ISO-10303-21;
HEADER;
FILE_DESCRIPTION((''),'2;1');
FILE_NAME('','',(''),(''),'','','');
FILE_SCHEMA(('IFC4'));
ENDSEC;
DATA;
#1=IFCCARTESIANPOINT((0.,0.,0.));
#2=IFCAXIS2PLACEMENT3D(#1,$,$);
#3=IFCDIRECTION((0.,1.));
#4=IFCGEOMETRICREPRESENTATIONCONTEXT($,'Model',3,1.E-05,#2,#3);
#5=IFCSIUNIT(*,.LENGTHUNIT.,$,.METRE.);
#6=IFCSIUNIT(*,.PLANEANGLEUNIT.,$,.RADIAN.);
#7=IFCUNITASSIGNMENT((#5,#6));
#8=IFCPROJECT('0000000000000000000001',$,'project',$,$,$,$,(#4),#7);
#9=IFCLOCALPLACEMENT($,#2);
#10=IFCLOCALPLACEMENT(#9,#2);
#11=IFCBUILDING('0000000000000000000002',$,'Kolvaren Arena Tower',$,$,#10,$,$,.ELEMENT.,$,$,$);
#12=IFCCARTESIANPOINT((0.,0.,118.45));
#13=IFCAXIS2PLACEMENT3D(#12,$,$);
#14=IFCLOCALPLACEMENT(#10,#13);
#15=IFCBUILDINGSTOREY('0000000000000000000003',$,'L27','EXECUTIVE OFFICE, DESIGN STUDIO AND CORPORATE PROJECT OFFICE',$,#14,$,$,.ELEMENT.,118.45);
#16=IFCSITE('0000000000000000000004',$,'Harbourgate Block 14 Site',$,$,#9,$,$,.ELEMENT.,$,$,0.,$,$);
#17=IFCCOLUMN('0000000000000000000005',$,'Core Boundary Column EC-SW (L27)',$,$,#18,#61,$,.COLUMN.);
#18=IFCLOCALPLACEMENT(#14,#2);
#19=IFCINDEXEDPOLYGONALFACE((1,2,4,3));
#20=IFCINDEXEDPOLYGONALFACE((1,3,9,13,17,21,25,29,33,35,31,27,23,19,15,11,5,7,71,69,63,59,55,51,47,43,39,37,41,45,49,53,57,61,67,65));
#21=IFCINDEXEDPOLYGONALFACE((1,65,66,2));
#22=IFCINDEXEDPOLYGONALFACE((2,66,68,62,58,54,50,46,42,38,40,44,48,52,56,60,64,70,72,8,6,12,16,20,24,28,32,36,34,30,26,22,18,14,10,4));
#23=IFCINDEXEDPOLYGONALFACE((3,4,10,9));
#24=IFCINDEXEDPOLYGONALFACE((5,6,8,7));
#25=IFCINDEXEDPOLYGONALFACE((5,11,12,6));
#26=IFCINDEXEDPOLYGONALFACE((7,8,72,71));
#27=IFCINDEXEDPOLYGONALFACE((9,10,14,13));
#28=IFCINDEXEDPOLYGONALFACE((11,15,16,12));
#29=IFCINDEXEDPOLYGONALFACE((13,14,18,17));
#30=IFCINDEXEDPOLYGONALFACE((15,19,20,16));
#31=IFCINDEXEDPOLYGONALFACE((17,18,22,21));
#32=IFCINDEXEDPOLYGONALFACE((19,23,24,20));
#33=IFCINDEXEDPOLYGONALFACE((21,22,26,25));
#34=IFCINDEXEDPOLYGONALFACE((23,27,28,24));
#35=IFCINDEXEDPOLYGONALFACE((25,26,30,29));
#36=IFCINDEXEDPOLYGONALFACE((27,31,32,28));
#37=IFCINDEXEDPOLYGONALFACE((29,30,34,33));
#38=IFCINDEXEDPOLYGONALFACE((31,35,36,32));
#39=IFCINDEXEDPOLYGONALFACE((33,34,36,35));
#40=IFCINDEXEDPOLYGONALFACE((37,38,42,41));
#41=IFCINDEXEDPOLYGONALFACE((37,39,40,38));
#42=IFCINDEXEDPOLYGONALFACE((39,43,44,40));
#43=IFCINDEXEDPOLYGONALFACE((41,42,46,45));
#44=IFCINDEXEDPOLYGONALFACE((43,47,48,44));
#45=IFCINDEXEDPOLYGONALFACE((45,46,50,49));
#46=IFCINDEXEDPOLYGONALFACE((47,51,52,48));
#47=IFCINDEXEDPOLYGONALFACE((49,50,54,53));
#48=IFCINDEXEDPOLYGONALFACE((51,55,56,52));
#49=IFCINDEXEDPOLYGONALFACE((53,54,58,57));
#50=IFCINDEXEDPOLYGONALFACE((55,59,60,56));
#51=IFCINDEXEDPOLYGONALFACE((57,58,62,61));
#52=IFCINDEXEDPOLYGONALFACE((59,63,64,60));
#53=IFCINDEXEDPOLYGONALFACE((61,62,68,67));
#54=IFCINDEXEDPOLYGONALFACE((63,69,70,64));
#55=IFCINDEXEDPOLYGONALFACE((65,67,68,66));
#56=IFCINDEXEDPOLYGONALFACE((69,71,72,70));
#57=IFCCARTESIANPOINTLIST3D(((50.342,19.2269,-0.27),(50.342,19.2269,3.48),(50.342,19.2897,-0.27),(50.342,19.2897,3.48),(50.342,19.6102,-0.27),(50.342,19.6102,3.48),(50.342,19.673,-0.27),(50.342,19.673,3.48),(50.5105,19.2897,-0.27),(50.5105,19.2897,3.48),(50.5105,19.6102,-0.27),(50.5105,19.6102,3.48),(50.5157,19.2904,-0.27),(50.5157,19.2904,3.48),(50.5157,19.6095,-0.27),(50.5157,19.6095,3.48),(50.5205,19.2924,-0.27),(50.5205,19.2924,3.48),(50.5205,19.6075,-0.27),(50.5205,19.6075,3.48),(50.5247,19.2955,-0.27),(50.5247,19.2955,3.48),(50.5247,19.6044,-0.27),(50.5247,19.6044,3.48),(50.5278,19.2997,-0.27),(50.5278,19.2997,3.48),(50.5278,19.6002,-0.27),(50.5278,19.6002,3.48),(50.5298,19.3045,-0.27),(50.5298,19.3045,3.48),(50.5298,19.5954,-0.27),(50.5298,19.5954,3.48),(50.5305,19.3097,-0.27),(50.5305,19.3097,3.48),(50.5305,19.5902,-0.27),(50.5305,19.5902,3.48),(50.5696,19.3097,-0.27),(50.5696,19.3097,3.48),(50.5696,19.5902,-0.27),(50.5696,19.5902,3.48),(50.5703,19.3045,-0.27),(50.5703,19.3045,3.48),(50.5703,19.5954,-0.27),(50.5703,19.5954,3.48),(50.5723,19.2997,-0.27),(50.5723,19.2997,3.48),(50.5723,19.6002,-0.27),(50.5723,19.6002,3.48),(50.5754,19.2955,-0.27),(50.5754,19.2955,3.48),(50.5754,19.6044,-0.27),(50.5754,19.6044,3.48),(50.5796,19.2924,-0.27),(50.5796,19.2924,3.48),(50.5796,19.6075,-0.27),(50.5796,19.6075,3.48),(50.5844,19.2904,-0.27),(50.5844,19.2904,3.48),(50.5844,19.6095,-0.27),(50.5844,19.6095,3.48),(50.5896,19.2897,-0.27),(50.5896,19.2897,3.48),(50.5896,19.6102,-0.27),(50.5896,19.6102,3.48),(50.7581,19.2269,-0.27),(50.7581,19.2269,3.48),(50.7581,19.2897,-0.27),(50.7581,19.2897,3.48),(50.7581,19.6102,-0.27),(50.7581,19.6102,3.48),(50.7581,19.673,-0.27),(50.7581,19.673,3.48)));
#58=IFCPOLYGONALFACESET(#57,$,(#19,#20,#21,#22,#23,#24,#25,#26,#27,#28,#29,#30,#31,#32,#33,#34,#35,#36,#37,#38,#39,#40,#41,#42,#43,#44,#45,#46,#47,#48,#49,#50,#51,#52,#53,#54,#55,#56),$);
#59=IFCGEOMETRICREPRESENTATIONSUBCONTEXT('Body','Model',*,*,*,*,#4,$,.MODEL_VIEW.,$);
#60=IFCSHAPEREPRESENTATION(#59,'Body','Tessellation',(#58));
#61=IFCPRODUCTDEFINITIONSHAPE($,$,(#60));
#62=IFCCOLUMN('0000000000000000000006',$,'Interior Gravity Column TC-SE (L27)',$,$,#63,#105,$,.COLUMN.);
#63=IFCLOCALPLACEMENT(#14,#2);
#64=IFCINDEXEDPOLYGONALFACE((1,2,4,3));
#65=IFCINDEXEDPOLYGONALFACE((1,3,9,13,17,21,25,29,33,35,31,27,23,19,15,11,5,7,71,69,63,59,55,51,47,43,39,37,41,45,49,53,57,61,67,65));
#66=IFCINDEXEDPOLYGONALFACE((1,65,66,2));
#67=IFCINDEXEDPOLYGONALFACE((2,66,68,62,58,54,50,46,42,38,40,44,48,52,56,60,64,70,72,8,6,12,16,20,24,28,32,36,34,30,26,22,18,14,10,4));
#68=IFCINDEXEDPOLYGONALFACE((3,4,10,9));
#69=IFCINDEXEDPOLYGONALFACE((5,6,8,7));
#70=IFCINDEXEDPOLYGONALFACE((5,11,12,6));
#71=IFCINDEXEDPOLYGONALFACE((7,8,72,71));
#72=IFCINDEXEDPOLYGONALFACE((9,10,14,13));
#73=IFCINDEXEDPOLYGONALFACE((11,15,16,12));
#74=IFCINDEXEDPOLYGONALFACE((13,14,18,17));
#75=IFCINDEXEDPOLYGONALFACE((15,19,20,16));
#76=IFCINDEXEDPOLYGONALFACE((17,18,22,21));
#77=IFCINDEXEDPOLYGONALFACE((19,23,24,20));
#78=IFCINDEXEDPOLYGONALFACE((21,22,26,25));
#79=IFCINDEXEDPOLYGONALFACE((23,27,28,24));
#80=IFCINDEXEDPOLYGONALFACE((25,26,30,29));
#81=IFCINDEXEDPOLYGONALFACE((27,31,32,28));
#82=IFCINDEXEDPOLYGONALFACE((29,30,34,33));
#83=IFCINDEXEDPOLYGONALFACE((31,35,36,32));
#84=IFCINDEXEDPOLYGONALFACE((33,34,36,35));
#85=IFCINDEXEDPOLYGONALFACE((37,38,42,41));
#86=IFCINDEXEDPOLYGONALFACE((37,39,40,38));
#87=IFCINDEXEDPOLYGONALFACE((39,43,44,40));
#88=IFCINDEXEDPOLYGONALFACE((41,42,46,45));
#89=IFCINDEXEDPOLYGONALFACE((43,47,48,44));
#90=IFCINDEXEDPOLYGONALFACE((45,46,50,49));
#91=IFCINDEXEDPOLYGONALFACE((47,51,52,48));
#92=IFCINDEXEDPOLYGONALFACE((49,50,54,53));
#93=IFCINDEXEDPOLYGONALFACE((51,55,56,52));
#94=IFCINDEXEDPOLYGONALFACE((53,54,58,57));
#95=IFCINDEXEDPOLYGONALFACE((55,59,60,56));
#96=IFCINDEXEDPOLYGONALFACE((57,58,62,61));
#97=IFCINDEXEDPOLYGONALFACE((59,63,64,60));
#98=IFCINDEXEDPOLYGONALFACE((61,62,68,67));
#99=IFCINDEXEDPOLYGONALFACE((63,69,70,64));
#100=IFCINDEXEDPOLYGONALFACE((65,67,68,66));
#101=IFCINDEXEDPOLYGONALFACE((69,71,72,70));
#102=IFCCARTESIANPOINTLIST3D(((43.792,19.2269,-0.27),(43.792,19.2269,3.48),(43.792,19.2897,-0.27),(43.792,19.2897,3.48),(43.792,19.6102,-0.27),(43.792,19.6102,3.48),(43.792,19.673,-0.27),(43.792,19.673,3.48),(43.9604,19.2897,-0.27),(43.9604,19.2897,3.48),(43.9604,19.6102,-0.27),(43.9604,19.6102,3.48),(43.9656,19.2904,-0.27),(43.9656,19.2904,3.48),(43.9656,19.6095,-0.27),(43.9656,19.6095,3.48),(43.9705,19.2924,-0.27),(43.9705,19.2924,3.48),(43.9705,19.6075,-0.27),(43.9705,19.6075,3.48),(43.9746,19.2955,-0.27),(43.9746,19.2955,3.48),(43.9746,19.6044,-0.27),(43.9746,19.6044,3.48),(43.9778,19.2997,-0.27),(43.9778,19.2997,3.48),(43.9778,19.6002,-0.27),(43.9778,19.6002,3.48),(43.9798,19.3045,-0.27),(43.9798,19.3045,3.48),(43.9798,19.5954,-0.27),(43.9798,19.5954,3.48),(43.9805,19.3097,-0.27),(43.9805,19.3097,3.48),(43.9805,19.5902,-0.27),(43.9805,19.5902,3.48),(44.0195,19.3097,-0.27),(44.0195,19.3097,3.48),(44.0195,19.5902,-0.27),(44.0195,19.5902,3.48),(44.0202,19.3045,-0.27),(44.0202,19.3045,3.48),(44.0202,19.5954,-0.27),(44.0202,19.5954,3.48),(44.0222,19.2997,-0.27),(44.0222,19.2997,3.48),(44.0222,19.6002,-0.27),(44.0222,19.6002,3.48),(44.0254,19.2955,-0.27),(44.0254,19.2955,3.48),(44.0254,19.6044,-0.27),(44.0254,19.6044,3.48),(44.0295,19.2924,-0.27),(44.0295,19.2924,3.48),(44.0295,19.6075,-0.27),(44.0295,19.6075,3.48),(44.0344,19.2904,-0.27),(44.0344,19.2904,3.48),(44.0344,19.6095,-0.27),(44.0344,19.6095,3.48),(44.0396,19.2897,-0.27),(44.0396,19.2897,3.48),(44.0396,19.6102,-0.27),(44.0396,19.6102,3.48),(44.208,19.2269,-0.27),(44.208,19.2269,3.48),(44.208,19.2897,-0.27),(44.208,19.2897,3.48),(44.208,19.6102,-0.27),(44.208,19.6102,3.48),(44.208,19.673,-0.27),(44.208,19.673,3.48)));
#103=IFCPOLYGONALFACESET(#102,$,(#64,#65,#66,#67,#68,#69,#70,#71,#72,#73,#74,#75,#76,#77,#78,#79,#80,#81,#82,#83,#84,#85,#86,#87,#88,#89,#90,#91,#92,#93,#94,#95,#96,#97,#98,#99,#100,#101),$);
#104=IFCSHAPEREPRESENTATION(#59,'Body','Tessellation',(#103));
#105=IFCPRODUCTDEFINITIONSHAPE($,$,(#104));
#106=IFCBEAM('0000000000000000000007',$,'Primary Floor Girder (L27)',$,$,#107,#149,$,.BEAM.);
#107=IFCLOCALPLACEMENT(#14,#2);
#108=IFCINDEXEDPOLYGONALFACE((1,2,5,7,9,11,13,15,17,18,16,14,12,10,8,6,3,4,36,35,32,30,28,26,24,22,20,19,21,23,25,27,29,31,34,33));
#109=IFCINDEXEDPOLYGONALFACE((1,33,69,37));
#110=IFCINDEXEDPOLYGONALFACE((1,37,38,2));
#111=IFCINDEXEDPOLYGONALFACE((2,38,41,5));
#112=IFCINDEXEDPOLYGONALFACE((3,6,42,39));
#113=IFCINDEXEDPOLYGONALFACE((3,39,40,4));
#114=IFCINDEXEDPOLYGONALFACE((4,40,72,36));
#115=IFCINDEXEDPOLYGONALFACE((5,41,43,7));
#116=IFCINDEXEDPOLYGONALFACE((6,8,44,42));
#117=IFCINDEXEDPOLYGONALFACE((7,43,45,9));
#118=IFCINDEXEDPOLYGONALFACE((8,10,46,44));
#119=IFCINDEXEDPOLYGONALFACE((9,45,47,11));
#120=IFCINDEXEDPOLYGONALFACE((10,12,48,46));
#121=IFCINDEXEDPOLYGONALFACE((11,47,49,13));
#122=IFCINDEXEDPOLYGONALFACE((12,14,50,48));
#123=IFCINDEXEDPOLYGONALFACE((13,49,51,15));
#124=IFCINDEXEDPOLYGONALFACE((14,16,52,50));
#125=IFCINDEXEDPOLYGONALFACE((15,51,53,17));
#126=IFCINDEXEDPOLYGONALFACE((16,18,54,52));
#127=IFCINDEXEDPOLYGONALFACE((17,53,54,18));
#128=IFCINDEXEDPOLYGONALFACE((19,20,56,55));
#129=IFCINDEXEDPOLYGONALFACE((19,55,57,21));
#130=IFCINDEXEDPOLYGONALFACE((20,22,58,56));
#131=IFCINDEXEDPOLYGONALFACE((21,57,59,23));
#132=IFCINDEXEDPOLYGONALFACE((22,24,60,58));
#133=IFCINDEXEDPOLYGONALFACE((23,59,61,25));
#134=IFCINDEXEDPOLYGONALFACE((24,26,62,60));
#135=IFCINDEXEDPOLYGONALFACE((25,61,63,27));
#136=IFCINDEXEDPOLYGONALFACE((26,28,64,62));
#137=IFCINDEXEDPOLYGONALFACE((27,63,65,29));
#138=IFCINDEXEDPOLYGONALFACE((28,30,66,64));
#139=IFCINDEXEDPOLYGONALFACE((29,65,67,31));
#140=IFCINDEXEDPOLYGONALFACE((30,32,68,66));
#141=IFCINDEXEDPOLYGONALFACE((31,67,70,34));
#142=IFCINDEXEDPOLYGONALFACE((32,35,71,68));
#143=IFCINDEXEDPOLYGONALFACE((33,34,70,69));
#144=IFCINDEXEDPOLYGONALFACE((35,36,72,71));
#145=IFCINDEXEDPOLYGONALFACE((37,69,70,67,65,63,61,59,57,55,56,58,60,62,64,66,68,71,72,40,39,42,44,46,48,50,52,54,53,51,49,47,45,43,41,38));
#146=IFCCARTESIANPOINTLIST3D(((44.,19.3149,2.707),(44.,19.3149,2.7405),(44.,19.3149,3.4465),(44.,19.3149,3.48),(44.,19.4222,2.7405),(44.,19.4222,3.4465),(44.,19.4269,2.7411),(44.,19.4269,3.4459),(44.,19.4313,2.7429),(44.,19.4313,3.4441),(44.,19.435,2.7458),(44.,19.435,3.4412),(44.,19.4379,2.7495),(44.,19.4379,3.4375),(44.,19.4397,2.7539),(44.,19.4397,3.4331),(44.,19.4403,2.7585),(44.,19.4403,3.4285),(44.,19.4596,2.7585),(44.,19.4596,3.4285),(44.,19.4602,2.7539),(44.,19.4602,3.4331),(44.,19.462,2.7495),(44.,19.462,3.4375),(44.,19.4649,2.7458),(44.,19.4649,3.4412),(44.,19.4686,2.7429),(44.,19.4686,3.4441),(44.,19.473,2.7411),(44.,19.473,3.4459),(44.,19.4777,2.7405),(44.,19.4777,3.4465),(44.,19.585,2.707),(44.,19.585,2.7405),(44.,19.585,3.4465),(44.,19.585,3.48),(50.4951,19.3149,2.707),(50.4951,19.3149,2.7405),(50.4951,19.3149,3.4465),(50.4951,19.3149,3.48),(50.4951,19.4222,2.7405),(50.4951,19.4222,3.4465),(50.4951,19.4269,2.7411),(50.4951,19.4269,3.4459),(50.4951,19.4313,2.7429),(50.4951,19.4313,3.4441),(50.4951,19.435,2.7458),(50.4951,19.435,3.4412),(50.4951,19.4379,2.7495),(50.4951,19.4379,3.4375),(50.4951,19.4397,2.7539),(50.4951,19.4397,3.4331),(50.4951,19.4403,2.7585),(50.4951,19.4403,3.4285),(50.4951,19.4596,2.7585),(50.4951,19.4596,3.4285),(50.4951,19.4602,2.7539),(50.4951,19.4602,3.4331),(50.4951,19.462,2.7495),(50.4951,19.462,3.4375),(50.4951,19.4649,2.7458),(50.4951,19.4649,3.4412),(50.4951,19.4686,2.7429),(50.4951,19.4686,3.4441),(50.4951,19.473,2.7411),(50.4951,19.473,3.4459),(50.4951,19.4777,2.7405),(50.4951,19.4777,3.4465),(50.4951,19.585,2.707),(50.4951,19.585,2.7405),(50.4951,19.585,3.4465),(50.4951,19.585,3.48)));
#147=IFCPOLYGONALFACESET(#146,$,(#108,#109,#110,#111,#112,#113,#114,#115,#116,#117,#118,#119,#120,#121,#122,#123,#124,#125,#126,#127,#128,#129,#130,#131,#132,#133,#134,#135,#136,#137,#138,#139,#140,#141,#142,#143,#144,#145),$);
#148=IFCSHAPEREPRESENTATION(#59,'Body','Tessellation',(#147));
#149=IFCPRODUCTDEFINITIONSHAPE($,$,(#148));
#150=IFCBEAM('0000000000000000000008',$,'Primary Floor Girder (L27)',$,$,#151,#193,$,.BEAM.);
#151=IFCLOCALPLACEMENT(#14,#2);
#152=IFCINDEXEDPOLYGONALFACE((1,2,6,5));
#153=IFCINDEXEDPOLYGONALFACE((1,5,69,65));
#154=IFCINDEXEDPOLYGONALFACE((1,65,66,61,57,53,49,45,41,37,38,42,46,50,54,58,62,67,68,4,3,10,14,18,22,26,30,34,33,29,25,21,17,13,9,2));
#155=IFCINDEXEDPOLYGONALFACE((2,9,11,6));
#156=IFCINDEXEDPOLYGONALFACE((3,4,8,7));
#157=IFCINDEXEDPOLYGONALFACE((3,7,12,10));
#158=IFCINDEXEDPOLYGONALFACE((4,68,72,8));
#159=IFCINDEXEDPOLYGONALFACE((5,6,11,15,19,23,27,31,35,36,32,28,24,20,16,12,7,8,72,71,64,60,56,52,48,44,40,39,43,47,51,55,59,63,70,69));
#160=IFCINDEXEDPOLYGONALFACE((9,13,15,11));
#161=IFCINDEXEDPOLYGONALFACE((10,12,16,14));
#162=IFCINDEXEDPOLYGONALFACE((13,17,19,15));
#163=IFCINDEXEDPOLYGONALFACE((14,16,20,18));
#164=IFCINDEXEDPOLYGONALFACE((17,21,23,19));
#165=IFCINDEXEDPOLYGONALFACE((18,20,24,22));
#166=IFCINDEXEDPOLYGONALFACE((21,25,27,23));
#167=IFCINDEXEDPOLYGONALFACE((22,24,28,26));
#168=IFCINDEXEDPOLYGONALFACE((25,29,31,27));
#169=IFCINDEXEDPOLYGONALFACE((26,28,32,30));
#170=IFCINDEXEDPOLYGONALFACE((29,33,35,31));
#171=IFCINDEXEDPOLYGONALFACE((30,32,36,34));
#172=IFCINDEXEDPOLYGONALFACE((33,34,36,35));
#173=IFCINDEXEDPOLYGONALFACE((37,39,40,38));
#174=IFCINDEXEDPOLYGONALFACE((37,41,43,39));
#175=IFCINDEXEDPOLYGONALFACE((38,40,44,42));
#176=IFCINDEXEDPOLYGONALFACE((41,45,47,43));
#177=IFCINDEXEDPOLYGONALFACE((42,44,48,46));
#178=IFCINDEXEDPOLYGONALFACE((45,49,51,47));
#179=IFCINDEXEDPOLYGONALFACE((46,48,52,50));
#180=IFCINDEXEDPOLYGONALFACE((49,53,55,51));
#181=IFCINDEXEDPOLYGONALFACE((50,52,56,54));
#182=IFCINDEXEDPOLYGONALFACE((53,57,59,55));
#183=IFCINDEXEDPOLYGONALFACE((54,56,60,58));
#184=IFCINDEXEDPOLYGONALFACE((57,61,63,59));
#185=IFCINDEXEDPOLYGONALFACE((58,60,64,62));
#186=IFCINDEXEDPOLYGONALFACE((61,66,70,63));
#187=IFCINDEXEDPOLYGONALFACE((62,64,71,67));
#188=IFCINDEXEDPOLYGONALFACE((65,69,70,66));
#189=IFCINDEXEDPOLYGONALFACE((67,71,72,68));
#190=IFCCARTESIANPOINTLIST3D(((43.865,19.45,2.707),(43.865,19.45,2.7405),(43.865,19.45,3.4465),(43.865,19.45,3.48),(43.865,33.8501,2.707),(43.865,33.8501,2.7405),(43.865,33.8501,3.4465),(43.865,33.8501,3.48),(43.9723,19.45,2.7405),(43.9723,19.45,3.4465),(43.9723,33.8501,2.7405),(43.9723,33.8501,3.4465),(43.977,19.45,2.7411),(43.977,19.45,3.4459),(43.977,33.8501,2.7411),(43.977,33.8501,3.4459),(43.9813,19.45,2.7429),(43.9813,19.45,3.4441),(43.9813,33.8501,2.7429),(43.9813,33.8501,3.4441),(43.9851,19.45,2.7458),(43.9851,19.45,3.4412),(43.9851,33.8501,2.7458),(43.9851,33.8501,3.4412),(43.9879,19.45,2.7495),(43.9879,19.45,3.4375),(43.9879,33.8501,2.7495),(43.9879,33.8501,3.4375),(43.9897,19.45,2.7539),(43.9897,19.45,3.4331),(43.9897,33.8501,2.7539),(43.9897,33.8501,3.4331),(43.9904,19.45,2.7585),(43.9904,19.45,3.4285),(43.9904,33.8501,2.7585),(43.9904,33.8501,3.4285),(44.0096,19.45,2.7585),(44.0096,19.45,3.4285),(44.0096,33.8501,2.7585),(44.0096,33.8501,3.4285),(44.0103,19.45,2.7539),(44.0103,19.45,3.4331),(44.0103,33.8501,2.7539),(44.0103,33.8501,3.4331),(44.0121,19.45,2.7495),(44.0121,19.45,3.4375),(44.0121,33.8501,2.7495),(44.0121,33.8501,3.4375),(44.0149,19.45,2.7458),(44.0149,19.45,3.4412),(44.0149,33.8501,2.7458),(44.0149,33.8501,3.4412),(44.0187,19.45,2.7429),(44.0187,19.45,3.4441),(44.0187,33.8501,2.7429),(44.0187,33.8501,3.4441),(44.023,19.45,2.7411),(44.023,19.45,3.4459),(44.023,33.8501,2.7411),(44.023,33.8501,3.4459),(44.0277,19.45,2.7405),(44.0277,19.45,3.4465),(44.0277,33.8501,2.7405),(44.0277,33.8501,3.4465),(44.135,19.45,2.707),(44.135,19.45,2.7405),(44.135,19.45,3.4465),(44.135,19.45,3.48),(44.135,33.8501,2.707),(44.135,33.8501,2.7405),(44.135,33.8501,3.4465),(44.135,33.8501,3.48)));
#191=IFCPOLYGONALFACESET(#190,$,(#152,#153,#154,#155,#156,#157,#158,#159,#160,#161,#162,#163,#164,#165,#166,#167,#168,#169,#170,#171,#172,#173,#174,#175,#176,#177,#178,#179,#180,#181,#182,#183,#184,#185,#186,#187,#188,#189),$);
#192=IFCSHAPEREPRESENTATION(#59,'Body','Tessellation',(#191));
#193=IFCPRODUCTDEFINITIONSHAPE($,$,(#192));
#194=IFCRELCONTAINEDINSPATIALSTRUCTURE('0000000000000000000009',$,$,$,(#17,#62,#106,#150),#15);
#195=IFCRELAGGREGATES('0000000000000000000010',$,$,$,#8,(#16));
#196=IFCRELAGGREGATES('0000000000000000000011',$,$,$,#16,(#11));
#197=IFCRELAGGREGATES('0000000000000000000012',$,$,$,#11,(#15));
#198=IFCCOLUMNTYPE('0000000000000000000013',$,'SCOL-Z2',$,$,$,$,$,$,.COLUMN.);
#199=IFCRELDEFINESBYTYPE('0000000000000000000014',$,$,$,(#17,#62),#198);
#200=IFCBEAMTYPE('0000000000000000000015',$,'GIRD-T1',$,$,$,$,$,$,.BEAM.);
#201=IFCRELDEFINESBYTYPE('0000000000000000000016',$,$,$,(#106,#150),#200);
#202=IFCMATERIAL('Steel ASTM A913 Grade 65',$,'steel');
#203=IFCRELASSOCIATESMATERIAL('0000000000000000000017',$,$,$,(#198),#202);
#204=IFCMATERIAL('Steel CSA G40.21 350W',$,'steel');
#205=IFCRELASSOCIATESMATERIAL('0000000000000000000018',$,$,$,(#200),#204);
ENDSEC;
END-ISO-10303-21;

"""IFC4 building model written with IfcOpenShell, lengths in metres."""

from ifc_helpers import new_model, si_unit, direction, frame, origin, origin_2d, place, context, subcontext, project, spatial, i_section, extrude, material, material_profile, profile_set, type_object, element, save


model = new_model("IFC4")

# Units and contexts
model_context = context("Model", 3, precision=1e-05, world=origin(), true_north=direction((0.0, 1.0)))
body_context = subcontext(model_context, "Body", "Model", "MODEL_VIEW")
ifc_project = project(units=[si_unit("LENGTHUNIT", "METRE"), si_unit("PLANEANGLEUNIT", "RADIAN")], contexts=[model_context])

# Site, building, storey
site_placement = place(None, origin())
site = spatial("IfcSite", under=ifc_project, at=site_placement, Name="Harbourgate Block 14 Site", CompositionType="ELEMENT", RefElevation=0.0)
building_placement = place(site_placement, origin())
building = spatial("IfcBuilding", under=site, at=building_placement, Name="Kolvaren Arena Tower", CompositionType="ELEMENT")
storey_placement = place(building_placement, frame((0.0, 0.0, 118.45)))
storey = spatial("IfcBuildingStorey", under=building, at=storey_placement, Name="L27", Description="EXECUTIVE OFFICE, DESIGN STUDIO AND CORPORATE PROJECT OFFICE", CompositionType="ELEMENT", Elevation=118.45)

# Columns
ifc_material_1 = material(Name="Steel ASTM A913 Grade 65", Category="steel")
ifc_material_profile_1 = material_profile(ifc_material_1, i_section(OverallWidth=0.416, OverallDepth=0.446, WebThickness=0.0391, FlangeThickness=0.0627, FilletRadius=0.02, at=origin_2d()), Name="W360x509")
ifc_profile_set_1 = profile_set([ifc_material_profile_1], Name="Steel ASTM A913 Grade 65")
column_type = type_object("IfcColumnType", Name="SCOL-Z2", PredefinedType="COLUMN", material=ifc_profile_set_1)
for number, where, z_axis, x_axis, name in (
    (1, (50.55, 19.45, -0.27), (0.0, 0.0, 1.0), (1.0, 0.0, 0.0), "Core Boundary Column EC-SW (L27)"),
    (2, (44.0, 19.45, -0.27), (0.0, 0.0, 1.0), (1.0, 0.0, 0.0), "Interior Gravity Column TC-SE (L27)"),
):
    element("IfcColumn", number, at=place(storey_placement, frame(where, z_axis=z_axis, x_axis=x_axis)), inside=storey, type_object=column_type, Name=name, PredefinedType="COLUMN", context=body_context, shape_type="SweptSolid", body=[
        extrude(i_section(OverallWidth=0.416, OverallDepth=0.446, WebThickness=0.0391, FlangeThickness=0.0627, FilletRadius=0.02, at=origin_2d()), origin(), (0.0, 0.0, 1.0), 3.75),
    ])

# Beams
ifc_material_2 = material(Name="Steel CSA G40.21 350W", Category="steel")
ifc_material_profile_2 = material_profile(ifc_material_2, i_section(OverallWidth=0.27, OverallDepth=0.7729, WebThickness=0.0193, FlangeThickness=0.0334, FilletRadius=0.0181, at=origin_2d()), Name="W760x257")
ifc_profile_set_2 = profile_set([ifc_material_profile_2], Name="Steel CSA G40.21 350W")
beam_type_1 = type_object("IfcBeamType", Name="GIRD-T1", PredefinedType="BEAM", material=ifc_profile_set_2)
beam_1_placement = place(storey_placement, frame((44.0, 19.45, 3.0935), z_axis=(1.0, 0.0, 0.0), x_axis=(0.0, 1.0, 0.0)))
element("IfcBeam", 3, at=beam_1_placement, inside=storey, type_object=beam_type_1, Name="Primary Floor Girder (L27)", PredefinedType="BEAM", context=body_context, shape_type="SweptSolid", body=[
    extrude(i_section(OverallWidth=0.27, OverallDepth=0.7729, WebThickness=0.0193, FlangeThickness=0.0334, FilletRadius=0.0181, at=origin_2d()), origin(), (0.0, 0.0, 1.0), 6.4951),
])
beam_2_placement = place(storey_placement, frame((44.0, 19.45, 3.0935), z_axis=(0.0, 1.0, 0.0), x_axis=(-1.0, 0.0, 0.0)))
element("IfcBeam", 4, at=beam_2_placement, inside=storey, type_object=beam_type_1, Name="Primary Floor Girder (L27)", PredefinedType="BEAM", context=body_context, shape_type="SweptSolid", body=[
    extrude(i_section(OverallWidth=0.27, OverallDepth=0.7729, WebThickness=0.0193, FlangeThickness=0.0334, FilletRadius=0.0181, at=origin_2d()), origin(), (0.0, 0.0, 1.0), 14.4001),
])

save(model, "model.ifc")
